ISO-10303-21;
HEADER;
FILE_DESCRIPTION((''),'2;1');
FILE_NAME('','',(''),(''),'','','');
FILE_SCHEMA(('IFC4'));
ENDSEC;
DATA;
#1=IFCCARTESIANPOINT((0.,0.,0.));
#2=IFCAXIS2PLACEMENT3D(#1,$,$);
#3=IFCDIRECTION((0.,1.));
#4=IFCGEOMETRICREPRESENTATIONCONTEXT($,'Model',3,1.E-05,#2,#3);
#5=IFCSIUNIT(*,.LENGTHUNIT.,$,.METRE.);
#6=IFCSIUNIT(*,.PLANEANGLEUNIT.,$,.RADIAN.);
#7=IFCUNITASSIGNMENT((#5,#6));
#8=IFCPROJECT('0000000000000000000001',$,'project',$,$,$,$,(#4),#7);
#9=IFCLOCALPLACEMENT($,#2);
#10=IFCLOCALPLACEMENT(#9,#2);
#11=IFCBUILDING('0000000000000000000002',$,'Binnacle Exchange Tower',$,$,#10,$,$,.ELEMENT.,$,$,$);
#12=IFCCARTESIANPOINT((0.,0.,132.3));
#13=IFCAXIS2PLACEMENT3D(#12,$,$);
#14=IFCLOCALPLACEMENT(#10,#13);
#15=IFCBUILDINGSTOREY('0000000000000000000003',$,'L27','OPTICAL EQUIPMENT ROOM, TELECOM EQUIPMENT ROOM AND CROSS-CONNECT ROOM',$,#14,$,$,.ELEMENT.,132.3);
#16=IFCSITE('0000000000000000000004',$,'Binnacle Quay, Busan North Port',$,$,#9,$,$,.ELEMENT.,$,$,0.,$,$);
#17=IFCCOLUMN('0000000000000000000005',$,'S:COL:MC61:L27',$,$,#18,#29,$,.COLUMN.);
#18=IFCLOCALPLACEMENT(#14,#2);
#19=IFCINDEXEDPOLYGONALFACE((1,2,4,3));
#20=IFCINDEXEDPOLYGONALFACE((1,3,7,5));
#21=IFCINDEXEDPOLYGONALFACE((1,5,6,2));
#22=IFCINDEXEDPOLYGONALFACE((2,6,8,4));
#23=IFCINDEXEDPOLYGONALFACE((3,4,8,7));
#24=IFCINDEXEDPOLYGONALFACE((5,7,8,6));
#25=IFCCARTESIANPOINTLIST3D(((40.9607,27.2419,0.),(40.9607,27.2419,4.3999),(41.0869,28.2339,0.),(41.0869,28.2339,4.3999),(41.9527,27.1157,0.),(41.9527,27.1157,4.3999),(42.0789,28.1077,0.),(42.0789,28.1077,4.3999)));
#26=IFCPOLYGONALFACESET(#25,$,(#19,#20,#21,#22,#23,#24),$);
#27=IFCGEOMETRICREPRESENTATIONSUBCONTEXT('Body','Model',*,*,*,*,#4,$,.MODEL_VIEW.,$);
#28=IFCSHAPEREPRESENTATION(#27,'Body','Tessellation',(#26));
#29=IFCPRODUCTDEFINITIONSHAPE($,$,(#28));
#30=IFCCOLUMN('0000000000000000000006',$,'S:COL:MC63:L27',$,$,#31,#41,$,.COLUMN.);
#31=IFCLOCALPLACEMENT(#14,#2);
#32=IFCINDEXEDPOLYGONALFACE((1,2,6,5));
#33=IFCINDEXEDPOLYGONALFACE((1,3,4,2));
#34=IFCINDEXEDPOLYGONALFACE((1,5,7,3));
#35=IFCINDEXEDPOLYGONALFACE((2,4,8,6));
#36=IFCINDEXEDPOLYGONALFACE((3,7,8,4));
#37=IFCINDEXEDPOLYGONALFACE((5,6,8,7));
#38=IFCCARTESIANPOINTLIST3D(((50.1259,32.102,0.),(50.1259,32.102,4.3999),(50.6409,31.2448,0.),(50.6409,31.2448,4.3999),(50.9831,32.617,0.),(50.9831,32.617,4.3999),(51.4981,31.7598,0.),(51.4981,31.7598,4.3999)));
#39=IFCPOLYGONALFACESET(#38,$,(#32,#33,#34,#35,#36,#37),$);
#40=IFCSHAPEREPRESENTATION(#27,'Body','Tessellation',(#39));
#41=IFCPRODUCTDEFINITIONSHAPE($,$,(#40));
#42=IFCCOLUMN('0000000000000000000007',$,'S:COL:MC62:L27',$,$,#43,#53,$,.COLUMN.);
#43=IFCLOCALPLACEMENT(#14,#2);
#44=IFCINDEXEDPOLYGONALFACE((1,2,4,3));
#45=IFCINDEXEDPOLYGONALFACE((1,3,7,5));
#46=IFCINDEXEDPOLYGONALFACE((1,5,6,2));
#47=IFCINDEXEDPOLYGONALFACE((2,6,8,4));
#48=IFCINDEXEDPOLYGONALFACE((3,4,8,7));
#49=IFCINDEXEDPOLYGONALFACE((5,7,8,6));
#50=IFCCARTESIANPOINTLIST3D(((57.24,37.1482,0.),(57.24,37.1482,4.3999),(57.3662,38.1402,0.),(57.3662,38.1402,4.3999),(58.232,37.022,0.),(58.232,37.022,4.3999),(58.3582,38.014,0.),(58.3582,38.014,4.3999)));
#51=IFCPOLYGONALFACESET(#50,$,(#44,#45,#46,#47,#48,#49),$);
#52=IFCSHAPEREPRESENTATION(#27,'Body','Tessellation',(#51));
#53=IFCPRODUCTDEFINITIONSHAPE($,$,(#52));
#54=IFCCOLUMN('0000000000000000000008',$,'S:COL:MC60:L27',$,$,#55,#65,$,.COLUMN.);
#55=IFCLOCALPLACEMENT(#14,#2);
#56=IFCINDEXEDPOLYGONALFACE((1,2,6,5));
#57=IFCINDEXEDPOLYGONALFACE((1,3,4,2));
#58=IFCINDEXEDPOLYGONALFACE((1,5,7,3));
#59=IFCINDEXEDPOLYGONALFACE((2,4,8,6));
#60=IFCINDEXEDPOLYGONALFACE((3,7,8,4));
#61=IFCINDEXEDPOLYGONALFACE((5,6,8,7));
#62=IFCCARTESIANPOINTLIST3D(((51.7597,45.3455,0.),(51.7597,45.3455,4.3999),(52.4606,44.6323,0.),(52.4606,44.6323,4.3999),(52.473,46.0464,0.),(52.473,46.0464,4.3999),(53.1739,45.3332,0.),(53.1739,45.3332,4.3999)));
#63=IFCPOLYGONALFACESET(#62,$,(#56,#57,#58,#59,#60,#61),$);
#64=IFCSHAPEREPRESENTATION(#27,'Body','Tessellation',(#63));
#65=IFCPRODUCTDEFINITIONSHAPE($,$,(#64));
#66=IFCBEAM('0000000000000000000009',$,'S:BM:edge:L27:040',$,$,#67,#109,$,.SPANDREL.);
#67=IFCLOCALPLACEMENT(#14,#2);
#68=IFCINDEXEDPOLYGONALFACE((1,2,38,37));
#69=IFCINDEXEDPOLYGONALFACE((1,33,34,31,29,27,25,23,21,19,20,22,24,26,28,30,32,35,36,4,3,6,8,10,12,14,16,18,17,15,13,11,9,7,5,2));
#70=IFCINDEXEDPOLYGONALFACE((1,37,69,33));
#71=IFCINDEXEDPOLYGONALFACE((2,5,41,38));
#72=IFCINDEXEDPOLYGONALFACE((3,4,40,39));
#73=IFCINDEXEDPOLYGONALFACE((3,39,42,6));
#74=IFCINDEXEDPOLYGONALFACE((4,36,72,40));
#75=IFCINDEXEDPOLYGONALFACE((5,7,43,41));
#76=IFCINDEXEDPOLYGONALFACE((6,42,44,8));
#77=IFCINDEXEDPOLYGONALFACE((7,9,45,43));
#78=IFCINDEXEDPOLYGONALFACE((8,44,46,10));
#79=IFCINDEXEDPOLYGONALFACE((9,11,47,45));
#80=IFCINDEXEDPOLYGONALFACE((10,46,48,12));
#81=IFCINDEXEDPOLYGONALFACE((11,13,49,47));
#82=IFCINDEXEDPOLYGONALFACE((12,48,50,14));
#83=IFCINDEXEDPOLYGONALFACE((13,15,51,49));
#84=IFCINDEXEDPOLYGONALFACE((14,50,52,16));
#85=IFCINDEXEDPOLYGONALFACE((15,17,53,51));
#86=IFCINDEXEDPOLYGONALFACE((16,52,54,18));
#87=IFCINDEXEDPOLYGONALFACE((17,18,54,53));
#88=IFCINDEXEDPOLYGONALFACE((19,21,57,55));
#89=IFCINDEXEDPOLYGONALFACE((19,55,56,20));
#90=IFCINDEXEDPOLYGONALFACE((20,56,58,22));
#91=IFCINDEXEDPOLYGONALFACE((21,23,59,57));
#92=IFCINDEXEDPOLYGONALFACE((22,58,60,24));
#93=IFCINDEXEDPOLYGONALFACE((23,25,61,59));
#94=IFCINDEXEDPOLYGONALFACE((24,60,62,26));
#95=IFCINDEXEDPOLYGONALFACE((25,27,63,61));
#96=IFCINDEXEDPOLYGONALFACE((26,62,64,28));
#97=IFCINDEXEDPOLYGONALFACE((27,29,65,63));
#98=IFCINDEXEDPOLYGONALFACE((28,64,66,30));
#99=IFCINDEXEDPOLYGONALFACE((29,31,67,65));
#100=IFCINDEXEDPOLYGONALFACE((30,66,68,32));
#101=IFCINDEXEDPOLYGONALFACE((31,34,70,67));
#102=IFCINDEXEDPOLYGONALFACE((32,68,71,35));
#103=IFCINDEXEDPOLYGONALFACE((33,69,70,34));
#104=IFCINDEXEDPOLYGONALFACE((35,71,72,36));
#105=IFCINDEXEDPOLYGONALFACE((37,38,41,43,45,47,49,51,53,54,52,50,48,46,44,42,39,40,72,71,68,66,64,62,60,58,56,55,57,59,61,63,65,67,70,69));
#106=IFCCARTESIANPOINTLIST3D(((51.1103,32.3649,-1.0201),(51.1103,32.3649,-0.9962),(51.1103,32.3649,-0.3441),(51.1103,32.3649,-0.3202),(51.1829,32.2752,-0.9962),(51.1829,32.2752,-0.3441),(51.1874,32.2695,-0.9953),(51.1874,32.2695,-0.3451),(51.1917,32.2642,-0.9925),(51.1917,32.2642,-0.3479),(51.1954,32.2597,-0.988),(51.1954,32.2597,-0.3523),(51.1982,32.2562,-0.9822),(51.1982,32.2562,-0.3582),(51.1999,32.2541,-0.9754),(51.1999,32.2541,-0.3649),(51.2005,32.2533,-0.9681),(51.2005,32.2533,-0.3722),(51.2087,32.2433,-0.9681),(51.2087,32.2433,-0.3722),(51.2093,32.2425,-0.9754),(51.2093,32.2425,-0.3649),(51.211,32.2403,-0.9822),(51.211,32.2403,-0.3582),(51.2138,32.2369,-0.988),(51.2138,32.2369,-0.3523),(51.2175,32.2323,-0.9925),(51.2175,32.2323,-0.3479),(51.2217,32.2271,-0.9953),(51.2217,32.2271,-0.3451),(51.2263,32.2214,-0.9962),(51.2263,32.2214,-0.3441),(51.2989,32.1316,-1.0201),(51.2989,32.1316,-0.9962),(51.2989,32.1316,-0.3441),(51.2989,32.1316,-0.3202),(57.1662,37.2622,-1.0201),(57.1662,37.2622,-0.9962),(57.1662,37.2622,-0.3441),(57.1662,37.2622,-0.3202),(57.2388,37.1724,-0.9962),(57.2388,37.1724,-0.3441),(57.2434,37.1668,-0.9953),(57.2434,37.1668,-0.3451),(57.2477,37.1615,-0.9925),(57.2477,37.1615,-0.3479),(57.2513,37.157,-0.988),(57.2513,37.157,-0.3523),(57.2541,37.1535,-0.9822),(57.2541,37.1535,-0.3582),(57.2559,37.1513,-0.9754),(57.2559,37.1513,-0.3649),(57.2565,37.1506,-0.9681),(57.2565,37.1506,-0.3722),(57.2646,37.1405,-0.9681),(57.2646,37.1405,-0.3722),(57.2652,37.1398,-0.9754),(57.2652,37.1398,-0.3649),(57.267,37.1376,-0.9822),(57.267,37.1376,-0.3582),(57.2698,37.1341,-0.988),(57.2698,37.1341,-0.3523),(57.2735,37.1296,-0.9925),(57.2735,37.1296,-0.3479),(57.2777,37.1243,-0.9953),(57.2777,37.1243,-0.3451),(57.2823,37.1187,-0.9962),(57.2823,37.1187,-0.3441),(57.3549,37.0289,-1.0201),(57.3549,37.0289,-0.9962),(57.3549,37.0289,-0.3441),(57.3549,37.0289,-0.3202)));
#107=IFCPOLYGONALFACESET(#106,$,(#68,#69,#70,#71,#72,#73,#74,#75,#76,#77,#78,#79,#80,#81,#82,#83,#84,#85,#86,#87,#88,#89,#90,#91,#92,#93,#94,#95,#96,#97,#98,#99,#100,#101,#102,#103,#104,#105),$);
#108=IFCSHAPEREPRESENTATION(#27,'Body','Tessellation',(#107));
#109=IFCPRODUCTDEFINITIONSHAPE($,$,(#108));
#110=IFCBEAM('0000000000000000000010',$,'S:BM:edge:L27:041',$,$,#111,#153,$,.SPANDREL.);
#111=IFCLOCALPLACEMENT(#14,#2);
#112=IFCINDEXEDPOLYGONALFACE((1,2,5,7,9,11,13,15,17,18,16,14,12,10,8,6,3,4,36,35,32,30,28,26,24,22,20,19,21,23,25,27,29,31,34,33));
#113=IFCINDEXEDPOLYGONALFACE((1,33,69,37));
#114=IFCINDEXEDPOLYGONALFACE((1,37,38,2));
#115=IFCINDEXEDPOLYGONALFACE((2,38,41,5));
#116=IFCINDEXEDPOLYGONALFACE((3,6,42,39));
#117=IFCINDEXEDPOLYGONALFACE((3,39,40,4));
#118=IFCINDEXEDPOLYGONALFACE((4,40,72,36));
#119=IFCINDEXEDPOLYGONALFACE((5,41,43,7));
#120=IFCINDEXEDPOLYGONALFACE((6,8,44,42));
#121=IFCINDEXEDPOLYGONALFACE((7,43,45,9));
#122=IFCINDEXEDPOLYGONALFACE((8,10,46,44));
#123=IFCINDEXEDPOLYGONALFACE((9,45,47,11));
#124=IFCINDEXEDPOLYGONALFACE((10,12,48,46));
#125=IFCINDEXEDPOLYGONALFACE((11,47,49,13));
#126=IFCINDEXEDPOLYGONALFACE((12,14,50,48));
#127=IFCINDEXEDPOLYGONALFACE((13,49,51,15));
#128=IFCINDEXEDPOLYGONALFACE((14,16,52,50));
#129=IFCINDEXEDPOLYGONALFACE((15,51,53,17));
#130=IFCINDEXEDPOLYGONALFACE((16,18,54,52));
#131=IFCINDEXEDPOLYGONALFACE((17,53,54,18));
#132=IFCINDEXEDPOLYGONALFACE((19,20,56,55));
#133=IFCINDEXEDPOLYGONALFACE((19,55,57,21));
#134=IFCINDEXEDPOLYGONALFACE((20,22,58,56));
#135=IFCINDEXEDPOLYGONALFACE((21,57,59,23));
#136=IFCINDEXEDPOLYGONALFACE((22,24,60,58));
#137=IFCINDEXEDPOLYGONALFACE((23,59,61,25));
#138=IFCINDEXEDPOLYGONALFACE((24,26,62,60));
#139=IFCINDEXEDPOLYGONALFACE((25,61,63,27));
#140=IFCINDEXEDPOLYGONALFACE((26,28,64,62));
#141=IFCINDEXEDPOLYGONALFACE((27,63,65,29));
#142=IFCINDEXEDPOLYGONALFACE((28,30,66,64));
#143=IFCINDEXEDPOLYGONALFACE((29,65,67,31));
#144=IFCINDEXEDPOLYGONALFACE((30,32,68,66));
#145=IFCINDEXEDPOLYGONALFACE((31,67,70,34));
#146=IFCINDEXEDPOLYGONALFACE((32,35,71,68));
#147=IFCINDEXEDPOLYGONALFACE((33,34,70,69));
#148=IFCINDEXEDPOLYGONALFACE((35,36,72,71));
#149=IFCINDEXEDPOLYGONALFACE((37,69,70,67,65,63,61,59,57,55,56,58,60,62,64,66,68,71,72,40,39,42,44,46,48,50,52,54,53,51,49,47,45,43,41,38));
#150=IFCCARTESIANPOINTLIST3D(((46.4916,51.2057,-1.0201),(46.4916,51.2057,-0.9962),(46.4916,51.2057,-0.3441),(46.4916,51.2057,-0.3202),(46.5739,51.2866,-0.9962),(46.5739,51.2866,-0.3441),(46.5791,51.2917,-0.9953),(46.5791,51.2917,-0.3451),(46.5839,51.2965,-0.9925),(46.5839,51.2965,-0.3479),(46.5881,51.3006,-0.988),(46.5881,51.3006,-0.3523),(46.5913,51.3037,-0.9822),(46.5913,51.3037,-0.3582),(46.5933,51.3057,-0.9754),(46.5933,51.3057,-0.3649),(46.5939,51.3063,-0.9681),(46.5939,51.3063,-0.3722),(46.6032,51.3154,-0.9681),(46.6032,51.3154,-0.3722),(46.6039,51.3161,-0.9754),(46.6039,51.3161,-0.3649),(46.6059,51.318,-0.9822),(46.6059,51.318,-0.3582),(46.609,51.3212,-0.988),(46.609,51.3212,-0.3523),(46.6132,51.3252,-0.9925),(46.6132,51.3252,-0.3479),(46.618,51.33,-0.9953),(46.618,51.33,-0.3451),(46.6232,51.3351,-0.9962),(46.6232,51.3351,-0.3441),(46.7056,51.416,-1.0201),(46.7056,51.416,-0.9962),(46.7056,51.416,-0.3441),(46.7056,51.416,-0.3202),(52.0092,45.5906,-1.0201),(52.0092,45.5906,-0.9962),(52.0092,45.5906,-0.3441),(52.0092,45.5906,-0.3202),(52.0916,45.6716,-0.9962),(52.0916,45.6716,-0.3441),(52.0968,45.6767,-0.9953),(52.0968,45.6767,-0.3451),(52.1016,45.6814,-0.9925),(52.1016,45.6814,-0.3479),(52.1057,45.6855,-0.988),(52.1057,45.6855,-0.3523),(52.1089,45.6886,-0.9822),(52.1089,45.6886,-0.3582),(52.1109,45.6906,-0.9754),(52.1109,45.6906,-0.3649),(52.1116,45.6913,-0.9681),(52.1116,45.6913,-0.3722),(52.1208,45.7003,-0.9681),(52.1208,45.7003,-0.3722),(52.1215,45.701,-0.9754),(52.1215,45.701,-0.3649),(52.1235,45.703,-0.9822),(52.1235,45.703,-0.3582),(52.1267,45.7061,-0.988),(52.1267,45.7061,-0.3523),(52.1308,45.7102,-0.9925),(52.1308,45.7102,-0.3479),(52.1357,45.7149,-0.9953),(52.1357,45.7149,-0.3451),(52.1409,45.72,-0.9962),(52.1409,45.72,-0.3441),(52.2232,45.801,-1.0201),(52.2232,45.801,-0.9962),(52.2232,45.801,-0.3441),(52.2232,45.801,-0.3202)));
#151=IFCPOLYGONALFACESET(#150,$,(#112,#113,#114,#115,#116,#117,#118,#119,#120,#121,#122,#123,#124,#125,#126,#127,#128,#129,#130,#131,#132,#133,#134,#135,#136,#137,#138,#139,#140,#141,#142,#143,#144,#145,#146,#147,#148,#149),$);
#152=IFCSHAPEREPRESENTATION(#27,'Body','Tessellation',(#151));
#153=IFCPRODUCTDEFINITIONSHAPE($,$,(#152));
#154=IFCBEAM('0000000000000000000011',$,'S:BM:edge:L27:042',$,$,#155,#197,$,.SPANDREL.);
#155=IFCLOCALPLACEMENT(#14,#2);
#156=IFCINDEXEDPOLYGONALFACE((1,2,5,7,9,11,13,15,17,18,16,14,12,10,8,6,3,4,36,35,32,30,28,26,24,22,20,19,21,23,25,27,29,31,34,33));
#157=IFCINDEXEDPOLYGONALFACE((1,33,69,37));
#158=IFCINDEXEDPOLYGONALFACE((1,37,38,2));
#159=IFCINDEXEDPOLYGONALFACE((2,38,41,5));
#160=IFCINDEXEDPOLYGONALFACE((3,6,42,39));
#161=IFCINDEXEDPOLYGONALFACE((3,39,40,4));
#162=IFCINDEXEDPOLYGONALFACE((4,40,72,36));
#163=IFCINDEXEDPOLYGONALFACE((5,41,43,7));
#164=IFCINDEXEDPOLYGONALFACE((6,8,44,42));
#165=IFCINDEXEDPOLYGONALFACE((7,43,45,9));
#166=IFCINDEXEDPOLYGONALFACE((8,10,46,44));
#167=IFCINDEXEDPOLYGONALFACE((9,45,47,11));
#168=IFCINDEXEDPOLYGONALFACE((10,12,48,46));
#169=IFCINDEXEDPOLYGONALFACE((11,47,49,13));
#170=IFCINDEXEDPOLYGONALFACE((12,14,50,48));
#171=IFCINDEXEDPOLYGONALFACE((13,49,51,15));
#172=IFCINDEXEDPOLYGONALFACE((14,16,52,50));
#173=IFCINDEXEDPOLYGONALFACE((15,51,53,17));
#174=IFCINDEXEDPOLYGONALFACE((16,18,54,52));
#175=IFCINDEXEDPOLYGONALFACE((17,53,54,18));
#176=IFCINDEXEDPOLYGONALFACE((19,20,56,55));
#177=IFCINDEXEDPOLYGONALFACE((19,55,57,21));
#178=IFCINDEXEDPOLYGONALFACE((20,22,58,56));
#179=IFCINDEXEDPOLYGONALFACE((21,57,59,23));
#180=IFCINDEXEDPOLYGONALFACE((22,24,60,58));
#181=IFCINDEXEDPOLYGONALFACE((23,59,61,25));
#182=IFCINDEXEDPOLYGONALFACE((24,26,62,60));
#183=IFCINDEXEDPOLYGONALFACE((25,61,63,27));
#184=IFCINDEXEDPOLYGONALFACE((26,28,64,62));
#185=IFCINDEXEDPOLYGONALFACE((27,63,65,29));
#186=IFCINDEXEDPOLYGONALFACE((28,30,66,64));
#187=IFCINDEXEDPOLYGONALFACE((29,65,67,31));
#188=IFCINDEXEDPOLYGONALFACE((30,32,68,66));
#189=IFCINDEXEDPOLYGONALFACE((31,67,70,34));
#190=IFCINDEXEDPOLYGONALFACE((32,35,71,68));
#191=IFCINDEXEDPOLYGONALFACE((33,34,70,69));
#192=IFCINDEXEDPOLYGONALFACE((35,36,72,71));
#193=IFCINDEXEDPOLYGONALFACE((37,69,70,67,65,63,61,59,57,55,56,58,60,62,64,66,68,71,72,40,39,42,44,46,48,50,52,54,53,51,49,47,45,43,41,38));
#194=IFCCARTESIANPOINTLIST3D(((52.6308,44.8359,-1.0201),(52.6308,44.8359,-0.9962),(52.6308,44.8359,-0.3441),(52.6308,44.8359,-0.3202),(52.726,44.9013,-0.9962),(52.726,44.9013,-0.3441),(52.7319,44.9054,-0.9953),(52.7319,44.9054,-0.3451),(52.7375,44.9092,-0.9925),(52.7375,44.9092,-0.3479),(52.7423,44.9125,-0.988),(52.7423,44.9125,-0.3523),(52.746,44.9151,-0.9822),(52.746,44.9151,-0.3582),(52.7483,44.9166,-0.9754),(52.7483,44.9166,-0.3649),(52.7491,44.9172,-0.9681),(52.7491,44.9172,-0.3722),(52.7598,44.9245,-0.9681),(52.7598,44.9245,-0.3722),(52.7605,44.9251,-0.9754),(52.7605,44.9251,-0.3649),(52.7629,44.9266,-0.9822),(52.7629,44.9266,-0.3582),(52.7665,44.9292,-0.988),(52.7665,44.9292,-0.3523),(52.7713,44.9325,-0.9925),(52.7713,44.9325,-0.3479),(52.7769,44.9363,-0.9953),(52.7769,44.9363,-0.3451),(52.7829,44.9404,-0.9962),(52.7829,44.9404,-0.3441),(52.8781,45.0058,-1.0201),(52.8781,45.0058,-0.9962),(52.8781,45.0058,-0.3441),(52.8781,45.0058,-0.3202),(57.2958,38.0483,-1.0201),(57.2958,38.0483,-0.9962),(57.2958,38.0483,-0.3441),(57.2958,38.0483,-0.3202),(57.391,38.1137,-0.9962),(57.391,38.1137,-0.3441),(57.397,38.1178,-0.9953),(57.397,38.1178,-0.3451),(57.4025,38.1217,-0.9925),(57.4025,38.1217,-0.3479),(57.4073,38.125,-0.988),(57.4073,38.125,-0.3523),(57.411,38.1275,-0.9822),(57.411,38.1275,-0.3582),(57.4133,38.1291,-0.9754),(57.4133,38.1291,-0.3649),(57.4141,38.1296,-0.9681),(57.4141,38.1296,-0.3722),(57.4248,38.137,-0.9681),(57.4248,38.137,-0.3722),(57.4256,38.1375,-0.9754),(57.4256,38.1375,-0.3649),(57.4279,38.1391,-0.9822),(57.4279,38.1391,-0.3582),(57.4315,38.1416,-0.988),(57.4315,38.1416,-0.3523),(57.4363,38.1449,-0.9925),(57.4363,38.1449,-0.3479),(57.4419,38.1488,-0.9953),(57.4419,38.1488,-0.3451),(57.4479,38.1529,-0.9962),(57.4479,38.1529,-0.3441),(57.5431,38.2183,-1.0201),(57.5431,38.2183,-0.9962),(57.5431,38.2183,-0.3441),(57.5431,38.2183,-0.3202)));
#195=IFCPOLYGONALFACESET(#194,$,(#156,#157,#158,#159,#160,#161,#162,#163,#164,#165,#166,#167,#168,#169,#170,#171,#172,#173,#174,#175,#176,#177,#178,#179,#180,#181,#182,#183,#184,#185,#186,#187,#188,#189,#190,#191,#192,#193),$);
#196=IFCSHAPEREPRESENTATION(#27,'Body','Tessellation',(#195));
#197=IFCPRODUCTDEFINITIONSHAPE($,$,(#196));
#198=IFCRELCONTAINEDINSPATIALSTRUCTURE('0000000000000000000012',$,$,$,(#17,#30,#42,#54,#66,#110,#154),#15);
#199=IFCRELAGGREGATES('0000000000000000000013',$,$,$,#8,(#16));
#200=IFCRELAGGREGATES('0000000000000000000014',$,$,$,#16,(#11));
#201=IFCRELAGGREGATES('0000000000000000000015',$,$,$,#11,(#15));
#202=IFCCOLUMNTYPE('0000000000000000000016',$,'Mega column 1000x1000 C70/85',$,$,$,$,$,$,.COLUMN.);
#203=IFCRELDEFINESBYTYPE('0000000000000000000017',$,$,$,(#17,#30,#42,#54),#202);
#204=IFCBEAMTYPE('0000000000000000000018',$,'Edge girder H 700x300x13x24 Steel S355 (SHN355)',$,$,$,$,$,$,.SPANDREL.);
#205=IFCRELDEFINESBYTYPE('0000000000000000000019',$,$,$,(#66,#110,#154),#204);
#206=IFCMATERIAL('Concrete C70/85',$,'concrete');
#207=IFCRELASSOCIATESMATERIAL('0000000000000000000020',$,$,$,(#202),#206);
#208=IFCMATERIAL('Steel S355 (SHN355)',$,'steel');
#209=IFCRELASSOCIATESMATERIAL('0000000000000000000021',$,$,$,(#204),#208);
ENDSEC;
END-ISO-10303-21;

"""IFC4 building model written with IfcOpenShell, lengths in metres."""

from ifc_helpers import new_model, si_unit, direction, frame, origin, origin_2d, place, context, subcontext, project, spatial, rectangle, i_section, extrude, material, material_profile, profile_set, type_object, element, save


model = new_model("IFC4")

# Units and contexts
model_context = context("Model", 3, precision=1e-05, world=origin(), true_north=direction((0.0, 1.0)))
body_context = subcontext(model_context, "Body", "Model", "MODEL_VIEW")
ifc_project = project(units=[si_unit("LENGTHUNIT", "METRE"), si_unit("PLANEANGLEUNIT", "RADIAN")], contexts=[model_context])

# Site, building, storey
site_placement = place(None, origin())
site = spatial("IfcSite", under=ifc_project, at=site_placement, Name="Binnacle Quay, Busan North Port", CompositionType="ELEMENT", RefElevation=0.0)
building_placement = place(site_placement, origin())
building = spatial("IfcBuilding", under=site, at=building_placement, Name="Binnacle Exchange Tower", CompositionType="ELEMENT")
storey_placement = place(building_placement, frame((0.0, 0.0, 132.3)))
storey = spatial("IfcBuildingStorey", under=building, at=storey_placement, Name="L27", Description="OPTICAL EQUIPMENT ROOM, TELECOM EQUIPMENT ROOM AND CROSS-CONNECT ROOM", CompositionType="ELEMENT", Elevation=132.3)

# Columns
ifc_material_1 = material(Name="Concrete C70/85", Category="concrete")
ifc_material_profile_1 = material_profile(ifc_material_1, rectangle(XDim=1.0, YDim=1.0, at=origin_2d()), Name="Mega column 1000x1000 C70/85")
ifc_profile_set_1 = profile_set([ifc_material_profile_1], Name="Concrete C70/85")
column_type = type_object("IfcColumnType", Name="Mega column 1000x1000 C70/85", PredefinedType="COLUMN", material=ifc_profile_set_1)
for number, where, z_axis, x_axis, name in (
    (1, (41.5198, 27.6748, 0.0), (0.0, 0.0, 1.0), (0.992005, -0.126199, 0.0), "S:COL:MC61:L27"),
    (2, (50.812, 31.9309, 0.0), (0.0, 0.0, 1.0), (0.857167, 0.515038, 0.0), "S:COL:MC63:L27"),
    (3, (57.7991, 37.5811, 0.0), (0.0, 0.0, 1.0), (0.126199, 0.992005, 0.0), "S:COL:MC62:L27"),
    (4, (52.4668, 45.3394, 0.0), (0.0, 0.0, 1.0), (-0.700909, 0.71325, 0.0), "S:COL:MC60:L27"),
):
    element("IfcColumn", number, at=place(storey_placement, frame(where, z_axis=z_axis, x_axis=x_axis)), inside=storey, type_object=column_type, Name=name, PredefinedType="COLUMN", context=body_context, shape_type="SweptSolid", body=[
        extrude(rectangle(XDim=1.0, YDim=1.0, at=origin_2d()), origin(), (0.0, 0.0, 1.0), 4.3999),
    ])

# Beams
ifc_material_2 = material(Name="Steel S355 (SHN355)", Category="steel")
ifc_material_profile_2 = material_profile(ifc_material_2, i_section(OverallWidth=0.3, OverallDepth=0.7, WebThickness=0.0129, FlangeThickness=0.0239, FilletRadius=0.0281, at=origin_2d()), Name="H 700x300x13x24")
ifc_profile_set_2 = profile_set([ifc_material_profile_2], Name="Steel S355 (SHN355)")
beam_type_1 = type_object("IfcBeamType", Name="Edge girder H 700x300x13x24 Steel S355 (SHN355)", PredefinedType="SPANDREL", material=ifc_profile_set_2)
beam_1_placement = place(storey_placement, frame((51.2046, 32.2483, -0.6702), z_axis=(0.77757, 0.628796, 0.0), x_axis=(-0.628796, 0.77757, 0.0)))
element("IfcBeam", 5, at=beam_1_placement, inside=storey, type_object=beam_type_1, Name="S:BM:edge:L27:040", PredefinedType="SPANDREL", context=body_context, shape_type="SweptSolid", body=[
    extrude(i_section(OverallWidth=0.3, OverallDepth=0.7, WebThickness=0.0129, FlangeThickness=0.0239, FilletRadius=0.0281, at=origin_2d()), origin(), (0.0, 0.0, 1.0), 7.7883),
])
beam_2_placement = place(storey_placement, frame((52.1162, 45.6958, -0.6702), z_axis=(-0.700893, 0.713267, 0.0), x_axis=(-0.713267, -0.700893, 0.0)))
element("IfcBeam", 6, at=beam_2_placement, inside=storey, type_object=beam_type_1, Name="S:BM:edge:L27:041", PredefinedType="SPANDREL", context=body_context, shape_type="SweptSolid", body=[
    extrude(i_section(OverallWidth=0.3, OverallDepth=0.7, WebThickness=0.0129, FlangeThickness=0.0239, FilletRadius=0.0281, at=origin_2d()), origin(), (0.0, 0.0, 1.0), 7.8723),
])
beam_3_placement = place(storey_placement, frame((57.4194, 38.1333, -0.6702), z_axis=(-0.566411, 0.824123, 0.0), x_axis=(-0.824123, -0.566411, 0.0)))
element("IfcBeam", 7, at=beam_3_placement, inside=storey, type_object=beam_type_1, Name="S:BM:edge:L27:042", PredefinedType="SPANDREL", context=body_context, shape_type="SweptSolid", body=[
    extrude(i_section(OverallWidth=0.3, OverallDepth=0.7, WebThickness=0.0129, FlangeThickness=0.0239, FilletRadius=0.0281, at=origin_2d()), origin(), (0.0, 0.0, 1.0), 8.2361),
])

save(model, "model.ifc")
